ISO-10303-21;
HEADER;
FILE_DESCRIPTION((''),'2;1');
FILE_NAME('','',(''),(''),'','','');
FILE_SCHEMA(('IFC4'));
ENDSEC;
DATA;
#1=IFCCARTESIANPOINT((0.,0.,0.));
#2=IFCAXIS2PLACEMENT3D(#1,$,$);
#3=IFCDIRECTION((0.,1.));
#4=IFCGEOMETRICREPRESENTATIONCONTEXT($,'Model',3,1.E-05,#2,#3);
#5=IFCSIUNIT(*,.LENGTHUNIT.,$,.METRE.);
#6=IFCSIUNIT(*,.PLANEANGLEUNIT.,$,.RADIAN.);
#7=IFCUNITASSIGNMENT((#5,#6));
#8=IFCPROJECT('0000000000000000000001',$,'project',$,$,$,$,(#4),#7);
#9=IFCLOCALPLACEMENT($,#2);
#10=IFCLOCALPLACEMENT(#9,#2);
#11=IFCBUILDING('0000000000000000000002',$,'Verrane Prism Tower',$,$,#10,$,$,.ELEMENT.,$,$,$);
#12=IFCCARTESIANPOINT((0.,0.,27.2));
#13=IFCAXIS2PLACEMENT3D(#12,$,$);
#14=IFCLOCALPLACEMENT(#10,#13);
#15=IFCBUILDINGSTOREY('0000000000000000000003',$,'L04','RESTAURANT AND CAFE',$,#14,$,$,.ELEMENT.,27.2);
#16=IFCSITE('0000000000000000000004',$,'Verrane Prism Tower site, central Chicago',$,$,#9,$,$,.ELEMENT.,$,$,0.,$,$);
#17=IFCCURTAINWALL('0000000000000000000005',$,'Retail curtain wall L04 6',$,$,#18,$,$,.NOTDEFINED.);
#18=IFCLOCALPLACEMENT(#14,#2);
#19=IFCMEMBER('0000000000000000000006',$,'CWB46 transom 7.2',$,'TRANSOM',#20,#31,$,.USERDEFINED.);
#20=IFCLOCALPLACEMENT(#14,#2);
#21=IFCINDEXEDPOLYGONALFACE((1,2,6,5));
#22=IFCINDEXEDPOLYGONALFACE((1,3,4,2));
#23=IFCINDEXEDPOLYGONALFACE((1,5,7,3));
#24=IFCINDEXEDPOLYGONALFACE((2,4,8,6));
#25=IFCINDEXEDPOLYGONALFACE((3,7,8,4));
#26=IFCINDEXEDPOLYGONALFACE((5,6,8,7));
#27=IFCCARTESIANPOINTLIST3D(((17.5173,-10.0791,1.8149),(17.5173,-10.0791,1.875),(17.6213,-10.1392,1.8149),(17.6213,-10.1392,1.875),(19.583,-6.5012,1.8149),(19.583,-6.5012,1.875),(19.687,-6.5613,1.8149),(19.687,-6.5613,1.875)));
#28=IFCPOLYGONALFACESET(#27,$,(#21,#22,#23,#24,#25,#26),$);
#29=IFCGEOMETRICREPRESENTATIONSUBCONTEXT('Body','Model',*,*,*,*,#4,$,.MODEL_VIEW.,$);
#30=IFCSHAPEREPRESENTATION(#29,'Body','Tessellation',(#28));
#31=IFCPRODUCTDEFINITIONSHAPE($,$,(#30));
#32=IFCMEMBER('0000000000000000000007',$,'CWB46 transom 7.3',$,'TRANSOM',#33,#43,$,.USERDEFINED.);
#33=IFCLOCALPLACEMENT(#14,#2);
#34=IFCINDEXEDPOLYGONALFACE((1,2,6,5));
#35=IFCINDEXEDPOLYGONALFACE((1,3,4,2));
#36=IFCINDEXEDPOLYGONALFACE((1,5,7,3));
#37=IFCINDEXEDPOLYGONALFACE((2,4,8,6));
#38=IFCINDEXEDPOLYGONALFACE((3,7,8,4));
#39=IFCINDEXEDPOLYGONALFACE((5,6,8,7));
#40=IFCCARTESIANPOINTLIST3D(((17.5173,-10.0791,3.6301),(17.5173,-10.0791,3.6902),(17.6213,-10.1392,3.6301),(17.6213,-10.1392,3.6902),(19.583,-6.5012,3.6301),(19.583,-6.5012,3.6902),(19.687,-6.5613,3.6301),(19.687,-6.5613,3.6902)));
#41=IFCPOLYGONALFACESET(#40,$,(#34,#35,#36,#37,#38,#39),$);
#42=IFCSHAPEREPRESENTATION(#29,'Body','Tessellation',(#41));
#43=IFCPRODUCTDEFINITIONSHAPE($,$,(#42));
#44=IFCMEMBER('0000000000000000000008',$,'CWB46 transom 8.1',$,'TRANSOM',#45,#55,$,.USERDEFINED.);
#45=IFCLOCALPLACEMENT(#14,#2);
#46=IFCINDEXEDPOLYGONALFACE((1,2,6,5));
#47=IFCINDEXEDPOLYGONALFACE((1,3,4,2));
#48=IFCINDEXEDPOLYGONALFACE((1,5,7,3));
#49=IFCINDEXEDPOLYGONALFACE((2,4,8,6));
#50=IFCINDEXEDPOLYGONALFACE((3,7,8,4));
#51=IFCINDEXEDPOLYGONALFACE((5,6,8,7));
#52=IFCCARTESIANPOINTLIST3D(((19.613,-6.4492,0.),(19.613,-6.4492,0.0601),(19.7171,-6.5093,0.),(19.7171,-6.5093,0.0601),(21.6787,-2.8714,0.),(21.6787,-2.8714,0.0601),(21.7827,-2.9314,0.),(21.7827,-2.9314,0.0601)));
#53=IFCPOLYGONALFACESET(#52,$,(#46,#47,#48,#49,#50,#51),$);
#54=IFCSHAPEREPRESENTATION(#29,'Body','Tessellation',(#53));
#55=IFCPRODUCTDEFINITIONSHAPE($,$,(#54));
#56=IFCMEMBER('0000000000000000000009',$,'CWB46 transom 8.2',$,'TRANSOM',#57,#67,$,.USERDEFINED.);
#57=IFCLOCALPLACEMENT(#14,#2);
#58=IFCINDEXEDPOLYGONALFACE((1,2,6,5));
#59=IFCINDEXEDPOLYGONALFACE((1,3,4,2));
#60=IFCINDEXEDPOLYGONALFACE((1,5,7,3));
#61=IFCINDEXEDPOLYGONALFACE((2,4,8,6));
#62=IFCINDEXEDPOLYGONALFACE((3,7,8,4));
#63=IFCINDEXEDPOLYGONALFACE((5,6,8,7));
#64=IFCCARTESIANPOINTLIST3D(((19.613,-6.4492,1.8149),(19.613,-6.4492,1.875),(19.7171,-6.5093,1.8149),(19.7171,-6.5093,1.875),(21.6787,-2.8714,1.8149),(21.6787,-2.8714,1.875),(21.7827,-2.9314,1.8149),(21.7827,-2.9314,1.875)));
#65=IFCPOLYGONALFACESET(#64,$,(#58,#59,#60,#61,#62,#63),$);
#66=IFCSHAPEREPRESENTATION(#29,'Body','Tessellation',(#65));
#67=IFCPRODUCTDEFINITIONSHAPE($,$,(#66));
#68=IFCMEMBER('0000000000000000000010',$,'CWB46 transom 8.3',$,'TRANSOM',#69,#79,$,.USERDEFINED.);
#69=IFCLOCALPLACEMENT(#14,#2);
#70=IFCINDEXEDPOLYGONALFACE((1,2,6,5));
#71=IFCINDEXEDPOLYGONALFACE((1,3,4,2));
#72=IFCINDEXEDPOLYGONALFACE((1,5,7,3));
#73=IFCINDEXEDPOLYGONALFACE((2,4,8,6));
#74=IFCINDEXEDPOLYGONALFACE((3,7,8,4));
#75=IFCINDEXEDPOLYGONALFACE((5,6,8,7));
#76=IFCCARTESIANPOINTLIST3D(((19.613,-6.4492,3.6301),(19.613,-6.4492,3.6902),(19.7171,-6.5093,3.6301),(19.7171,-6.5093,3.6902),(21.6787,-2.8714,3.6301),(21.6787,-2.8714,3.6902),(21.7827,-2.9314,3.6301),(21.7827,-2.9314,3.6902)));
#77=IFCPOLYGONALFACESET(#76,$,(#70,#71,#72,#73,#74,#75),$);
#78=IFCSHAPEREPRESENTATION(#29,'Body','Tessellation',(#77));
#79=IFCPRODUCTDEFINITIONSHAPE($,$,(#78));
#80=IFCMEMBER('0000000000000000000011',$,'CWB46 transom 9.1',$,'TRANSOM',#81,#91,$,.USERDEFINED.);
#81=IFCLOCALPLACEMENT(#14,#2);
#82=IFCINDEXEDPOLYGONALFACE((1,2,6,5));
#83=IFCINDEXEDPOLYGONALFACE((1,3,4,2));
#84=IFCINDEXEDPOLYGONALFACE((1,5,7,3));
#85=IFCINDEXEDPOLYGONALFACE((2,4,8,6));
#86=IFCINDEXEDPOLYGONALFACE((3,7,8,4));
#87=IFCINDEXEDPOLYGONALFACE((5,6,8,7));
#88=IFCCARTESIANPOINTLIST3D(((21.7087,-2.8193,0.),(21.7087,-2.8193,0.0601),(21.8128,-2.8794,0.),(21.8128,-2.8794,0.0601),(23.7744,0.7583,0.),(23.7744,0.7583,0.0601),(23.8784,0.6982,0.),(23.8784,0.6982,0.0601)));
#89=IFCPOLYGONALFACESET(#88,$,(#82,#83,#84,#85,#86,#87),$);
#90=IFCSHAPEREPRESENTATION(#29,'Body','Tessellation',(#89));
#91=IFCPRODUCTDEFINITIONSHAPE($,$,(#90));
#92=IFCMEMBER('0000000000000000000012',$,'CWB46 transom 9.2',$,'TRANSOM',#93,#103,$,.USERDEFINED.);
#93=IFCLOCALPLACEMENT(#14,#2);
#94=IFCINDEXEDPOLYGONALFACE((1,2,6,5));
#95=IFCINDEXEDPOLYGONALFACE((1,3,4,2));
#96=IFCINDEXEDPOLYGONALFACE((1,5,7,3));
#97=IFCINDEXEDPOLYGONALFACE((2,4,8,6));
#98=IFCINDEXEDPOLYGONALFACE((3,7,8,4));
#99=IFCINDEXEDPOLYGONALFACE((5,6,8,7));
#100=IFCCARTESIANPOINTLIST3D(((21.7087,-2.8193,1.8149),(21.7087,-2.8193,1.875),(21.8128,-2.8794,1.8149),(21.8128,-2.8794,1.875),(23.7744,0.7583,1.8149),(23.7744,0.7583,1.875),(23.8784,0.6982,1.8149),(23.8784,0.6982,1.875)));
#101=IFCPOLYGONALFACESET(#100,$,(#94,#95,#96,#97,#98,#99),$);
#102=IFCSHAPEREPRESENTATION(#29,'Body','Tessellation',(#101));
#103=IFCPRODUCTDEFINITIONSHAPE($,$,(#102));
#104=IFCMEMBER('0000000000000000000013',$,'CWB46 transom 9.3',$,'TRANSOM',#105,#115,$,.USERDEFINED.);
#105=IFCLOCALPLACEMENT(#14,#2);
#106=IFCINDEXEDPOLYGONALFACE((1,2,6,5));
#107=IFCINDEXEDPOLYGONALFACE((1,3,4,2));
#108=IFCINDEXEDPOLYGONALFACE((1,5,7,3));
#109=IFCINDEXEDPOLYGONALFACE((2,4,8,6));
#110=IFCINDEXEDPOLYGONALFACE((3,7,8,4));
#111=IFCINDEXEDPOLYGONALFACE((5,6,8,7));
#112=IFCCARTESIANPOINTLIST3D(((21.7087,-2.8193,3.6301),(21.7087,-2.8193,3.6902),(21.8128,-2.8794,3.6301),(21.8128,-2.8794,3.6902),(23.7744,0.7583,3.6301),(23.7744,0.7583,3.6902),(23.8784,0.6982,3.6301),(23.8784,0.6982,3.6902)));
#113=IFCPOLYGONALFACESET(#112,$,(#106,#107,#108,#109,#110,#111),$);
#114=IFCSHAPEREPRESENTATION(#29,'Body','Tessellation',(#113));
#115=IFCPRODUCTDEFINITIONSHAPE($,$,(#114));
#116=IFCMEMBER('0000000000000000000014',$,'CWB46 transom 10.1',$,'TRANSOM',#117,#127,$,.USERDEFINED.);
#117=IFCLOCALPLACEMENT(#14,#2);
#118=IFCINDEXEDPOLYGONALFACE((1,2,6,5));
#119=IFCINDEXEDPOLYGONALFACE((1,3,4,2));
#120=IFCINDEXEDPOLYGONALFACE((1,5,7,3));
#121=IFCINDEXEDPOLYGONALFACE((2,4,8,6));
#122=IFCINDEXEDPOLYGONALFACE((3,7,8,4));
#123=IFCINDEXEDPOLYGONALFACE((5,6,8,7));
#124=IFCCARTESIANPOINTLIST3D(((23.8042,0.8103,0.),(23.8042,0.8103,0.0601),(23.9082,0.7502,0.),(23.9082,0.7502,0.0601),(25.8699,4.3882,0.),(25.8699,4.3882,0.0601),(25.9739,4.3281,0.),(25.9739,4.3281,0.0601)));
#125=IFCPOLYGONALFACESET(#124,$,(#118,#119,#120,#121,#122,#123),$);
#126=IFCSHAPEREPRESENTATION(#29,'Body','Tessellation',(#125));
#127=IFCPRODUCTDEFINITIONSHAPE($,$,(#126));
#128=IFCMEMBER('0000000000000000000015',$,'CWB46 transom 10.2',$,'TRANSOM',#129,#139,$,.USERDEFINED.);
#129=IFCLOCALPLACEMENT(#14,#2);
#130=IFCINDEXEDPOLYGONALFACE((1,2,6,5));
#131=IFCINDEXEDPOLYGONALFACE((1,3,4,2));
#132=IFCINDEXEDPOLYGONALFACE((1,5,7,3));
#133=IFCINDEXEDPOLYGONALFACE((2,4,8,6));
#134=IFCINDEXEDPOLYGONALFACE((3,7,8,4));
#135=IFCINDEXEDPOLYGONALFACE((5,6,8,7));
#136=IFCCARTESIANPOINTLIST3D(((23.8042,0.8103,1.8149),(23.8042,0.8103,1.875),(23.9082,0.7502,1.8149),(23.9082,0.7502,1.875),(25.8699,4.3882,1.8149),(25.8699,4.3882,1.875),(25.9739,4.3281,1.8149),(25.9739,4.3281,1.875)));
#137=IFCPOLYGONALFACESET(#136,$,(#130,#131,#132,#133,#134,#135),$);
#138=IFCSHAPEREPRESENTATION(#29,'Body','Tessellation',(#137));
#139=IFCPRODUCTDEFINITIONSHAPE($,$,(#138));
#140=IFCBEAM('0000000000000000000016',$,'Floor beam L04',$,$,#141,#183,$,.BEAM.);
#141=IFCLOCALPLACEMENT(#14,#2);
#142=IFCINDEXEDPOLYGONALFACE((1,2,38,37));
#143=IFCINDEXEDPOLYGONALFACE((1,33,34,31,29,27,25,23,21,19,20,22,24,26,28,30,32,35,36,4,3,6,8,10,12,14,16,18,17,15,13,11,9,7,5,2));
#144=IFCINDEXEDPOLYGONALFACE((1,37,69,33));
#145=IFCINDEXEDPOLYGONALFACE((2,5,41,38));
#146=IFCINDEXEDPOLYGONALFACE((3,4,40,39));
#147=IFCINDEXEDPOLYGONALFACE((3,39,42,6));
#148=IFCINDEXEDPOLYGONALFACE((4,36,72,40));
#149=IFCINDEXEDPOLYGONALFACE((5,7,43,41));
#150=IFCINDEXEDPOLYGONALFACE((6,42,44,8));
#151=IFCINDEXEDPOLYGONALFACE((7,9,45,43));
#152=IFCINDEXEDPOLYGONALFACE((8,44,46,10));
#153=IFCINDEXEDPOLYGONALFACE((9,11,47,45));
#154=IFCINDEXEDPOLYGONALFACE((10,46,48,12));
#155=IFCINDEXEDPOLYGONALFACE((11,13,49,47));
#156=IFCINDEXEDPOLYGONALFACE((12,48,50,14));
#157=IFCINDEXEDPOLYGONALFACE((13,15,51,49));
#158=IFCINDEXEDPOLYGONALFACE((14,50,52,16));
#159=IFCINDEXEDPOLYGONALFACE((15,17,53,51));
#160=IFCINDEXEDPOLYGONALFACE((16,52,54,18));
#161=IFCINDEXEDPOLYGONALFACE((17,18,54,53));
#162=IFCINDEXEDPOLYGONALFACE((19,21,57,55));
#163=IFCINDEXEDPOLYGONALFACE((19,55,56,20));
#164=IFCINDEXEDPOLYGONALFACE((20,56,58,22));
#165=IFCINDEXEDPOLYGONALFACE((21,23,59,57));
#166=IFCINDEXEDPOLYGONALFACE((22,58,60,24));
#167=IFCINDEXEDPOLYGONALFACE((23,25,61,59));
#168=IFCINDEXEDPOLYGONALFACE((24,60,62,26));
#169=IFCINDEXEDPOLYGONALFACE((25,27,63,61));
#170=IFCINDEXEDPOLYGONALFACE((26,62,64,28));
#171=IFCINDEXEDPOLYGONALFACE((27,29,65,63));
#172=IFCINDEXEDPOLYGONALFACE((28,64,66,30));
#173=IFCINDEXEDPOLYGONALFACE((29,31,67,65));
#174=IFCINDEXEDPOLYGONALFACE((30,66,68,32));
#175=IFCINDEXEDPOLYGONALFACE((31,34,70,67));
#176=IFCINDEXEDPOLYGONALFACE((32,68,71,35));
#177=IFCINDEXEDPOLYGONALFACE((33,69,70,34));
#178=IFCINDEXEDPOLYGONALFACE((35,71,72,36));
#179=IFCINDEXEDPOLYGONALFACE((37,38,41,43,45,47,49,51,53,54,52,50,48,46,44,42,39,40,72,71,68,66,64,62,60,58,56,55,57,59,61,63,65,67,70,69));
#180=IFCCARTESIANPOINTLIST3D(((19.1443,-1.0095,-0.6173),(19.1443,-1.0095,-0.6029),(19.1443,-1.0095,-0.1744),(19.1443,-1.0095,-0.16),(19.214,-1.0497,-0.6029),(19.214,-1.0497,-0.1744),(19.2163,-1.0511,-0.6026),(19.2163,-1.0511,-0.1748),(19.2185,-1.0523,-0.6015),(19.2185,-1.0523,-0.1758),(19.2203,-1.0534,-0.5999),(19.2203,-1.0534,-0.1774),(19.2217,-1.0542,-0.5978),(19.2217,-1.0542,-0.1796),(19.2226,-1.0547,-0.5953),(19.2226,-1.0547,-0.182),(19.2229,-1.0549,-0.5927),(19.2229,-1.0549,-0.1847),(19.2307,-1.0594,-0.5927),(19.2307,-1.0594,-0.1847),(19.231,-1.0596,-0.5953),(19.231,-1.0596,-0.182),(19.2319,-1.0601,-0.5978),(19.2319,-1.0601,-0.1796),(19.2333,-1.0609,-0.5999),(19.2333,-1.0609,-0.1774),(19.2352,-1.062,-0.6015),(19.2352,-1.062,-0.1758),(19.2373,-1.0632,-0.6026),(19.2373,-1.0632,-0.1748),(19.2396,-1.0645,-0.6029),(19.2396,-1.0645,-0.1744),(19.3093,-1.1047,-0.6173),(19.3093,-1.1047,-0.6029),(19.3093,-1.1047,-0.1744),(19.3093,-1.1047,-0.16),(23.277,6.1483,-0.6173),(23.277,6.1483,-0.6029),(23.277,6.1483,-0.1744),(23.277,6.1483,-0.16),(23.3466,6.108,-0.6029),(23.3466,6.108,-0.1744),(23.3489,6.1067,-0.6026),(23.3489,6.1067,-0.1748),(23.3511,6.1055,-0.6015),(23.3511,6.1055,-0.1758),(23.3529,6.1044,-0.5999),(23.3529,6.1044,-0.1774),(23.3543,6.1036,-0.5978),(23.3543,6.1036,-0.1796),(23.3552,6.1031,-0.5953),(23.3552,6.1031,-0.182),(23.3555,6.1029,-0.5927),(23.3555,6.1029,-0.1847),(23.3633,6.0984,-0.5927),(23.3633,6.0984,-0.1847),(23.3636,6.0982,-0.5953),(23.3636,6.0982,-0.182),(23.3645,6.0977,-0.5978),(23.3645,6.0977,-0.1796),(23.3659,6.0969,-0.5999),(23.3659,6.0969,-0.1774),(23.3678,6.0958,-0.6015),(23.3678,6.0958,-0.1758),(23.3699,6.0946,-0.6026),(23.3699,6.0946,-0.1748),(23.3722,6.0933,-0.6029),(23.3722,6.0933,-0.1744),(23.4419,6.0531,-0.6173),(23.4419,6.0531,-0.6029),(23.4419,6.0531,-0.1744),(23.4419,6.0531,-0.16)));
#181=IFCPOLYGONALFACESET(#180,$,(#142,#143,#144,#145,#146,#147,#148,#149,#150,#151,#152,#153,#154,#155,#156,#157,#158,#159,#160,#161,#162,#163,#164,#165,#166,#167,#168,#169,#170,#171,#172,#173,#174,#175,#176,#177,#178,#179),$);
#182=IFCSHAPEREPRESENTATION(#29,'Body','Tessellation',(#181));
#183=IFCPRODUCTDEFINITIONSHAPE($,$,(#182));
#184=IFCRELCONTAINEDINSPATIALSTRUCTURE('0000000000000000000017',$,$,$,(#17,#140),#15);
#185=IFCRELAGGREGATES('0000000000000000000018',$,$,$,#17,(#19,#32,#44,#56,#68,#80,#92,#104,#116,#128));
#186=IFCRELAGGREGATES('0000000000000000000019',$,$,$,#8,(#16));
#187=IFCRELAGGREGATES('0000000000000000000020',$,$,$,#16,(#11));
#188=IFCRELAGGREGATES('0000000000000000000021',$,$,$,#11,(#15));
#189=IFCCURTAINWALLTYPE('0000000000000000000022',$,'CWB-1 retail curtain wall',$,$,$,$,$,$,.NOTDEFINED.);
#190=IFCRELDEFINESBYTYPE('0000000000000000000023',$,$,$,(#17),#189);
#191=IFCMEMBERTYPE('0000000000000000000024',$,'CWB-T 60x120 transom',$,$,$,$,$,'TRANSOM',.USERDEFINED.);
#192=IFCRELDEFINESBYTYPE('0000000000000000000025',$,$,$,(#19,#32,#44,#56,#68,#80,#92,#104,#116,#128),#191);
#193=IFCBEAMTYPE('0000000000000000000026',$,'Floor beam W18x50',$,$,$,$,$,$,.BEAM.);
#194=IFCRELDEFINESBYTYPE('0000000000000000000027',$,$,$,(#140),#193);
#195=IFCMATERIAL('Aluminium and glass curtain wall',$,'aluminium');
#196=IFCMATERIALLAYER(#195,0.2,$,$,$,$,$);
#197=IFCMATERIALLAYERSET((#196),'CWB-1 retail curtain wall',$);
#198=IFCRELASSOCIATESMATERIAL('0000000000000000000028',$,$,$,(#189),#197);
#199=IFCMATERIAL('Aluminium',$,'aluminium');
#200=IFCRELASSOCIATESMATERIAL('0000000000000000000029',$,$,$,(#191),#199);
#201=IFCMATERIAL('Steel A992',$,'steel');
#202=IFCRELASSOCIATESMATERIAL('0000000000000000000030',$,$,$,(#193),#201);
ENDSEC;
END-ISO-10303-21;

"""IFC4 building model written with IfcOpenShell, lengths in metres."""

from ifc_helpers import new_model, si_unit, direction, frame, origin, origin_2d, place, context, subcontext, project, spatial, rectangle, i_section, extrude, material, layer, layer_set, material_profile, profile_set, type_object, element, aggregate, save


model = new_model("IFC4")

# Units and contexts
model_context = context("Model", 3, precision=1e-05, world=origin(), true_north=direction((0.0, 1.0)))
body_context = subcontext(model_context, "Body", "Model", "MODEL_VIEW")
ifc_project = project(units=[si_unit("LENGTHUNIT", "METRE"), si_unit("PLANEANGLEUNIT", "RADIAN")], contexts=[model_context])

# Site, building, storey
site_placement = place(None, origin())
site = spatial("IfcSite", under=ifc_project, at=site_placement, Name="Verrane Prism Tower site, central Chicago", CompositionType="ELEMENT", RefElevation=0.0)
building_placement = place(site_placement, origin())
building = spatial("IfcBuilding", under=site, at=building_placement, Name="Verrane Prism Tower", CompositionType="ELEMENT")
storey_placement = place(building_placement, frame((0.0, 0.0, 27.2)))
storey = spatial("IfcBuildingStorey", under=building, at=storey_placement, Name="L04", Description="RESTAURANT AND CAFE", CompositionType="ELEMENT", Elevation=27.2)

# Curtain wall, members
ifc_material_1 = material(Name="Aluminium and glass curtain wall", Category="aluminium")
ifc_layer_1 = layer(ifc_material_1, 0.2)
ifc_layer_set_1 = layer_set([ifc_layer_1], Name="CWB-1 retail curtain wall")
curtain_wall_type = type_object("IfcCurtainWallType", Name="CWB-1 retail curtain wall", PredefinedType="NOTDEFINED", material=ifc_layer_set_1)
curtain_wall_placement = place(storey_placement, origin())
curtain_wall = element("IfcCurtainWall", 1, at=curtain_wall_placement, inside=storey, type_object=curtain_wall_type, Name="Retail curtain wall L04 6", PredefinedType="NOTDEFINED")
ifc_material_2 = material(Name="Aluminium", Category="aluminium")
ifc_material_profile_1 = material_profile(ifc_material_2, rectangle(XDim=0.1201, YDim=0.0601, at=origin_2d()), Name="CWB-T 60x120 transom")
ifc_profile_set_1 = profile_set([ifc_material_profile_1], Name="Aluminium")
member_type_1 = type_object("IfcMemberType", Name="CWB-T 60x120 transom", ElementType="TRANSOM", PredefinedType="USERDEFINED", material=ifc_profile_set_1)
member_1_placement = place(storey_placement, frame((17.5693, -10.1091, 1.845), z_axis=(0.499997, 0.866027, 0.0), x_axis=(-0.866027, 0.499997, 0.0)))
member_1 = element("IfcMember", 2, at=member_1_placement, type_object=member_type_1, Name="CWB46 transom 7.2", ObjectType="TRANSOM", PredefinedType="USERDEFINED", context=body_context, shape_type="SweptSolid", body=[
    extrude(rectangle(XDim=0.1201, YDim=0.0601, at=origin_2d()), origin(), (0.0, 0.0, 1.0), 4.1313),
])
member_2_placement = place(storey_placement, frame((17.5693, -10.1091, 3.6602), z_axis=(0.499997, 0.866027, 0.0), x_axis=(-0.866027, 0.499997, 0.0)))
member_2 = element("IfcMember", 3, at=member_2_placement, type_object=member_type_1, Name="CWB46 transom 7.3", ObjectType="TRANSOM", PredefinedType="USERDEFINED", context=body_context, shape_type="SweptSolid", body=[
    extrude(rectangle(XDim=0.1201, YDim=0.0601, at=origin_2d()), origin(), (0.0, 0.0, 1.0), 4.1313),
])
member_3_placement = place(storey_placement, frame((19.665, -6.4792, 0.03), z_axis=(0.499997, 0.866027, 0.0), x_axis=(-0.866027, 0.499997, 0.0)))
member_3 = element("IfcMember", 4, at=member_3_placement, type_object=member_type_1, Name="CWB46 transom 8.1", ObjectType="TRANSOM", PredefinedType="USERDEFINED", context=body_context, shape_type="SweptSolid", body=[
    extrude(rectangle(XDim=0.1201, YDim=0.0601, at=origin_2d()), origin(), (0.0, 0.0, 1.0), 4.1313),
])
member_4_placement = place(storey_placement, frame((19.665, -6.4792, 1.845), z_axis=(0.499997, 0.866027, 0.0), x_axis=(-0.866027, 0.499997, 0.0)))
member_4 = element("IfcMember", 5, at=member_4_placement, type_object=member_type_1, Name="CWB46 transom 8.2", ObjectType="TRANSOM", PredefinedType="USERDEFINED", context=body_context, shape_type="SweptSolid", body=[
    extrude(rectangle(XDim=0.1201, YDim=0.0601, at=origin_2d()), origin(), (0.0, 0.0, 1.0), 4.1313),
])
member_5_placement = place(storey_placement, frame((19.665, -6.4792, 3.6602), z_axis=(0.499997, 0.866027, 0.0), x_axis=(-0.866027, 0.499997, 0.0)))
member_5 = element("IfcMember", 6, at=member_5_placement, type_object=member_type_1, Name="CWB46 transom 8.3", ObjectType="TRANSOM", PredefinedType="USERDEFINED", context=body_context, shape_type="SweptSolid", body=[
    extrude(rectangle(XDim=0.1201, YDim=0.0601, at=origin_2d()), origin(), (0.0, 0.0, 1.0), 4.1313),
])
member_6_placement = place(storey_placement, frame((21.7607, -2.8494, 0.03), z_axis=(0.500023, 0.866012, 0.0), x_axis=(-0.866012, 0.500023, 0.0)))
member_6 = element("IfcMember", 7, at=member_6_placement, type_object=member_type_1, Name="CWB46 transom 9.1", ObjectType="TRANSOM", PredefinedType="USERDEFINED", context=body_context, shape_type="SweptSolid", body=[
    extrude(rectangle(XDim=0.1201, YDim=0.0601, at=origin_2d()), origin(), (0.0, 0.0, 1.0), 4.1311),
])
member_7_placement = place(storey_placement, frame((21.7607, -2.8494, 1.845), z_axis=(0.500023, 0.866012, 0.0), x_axis=(-0.866012, 0.500023, 0.0)))
member_7 = element("IfcMember", 8, at=member_7_placement, type_object=member_type_1, Name="CWB46 transom 9.2", ObjectType="TRANSOM", PredefinedType="USERDEFINED", context=body_context, shape_type="SweptSolid", body=[
    extrude(rectangle(XDim=0.1201, YDim=0.0601, at=origin_2d()), origin(), (0.0, 0.0, 1.0), 4.1311),
])
member_8_placement = place(storey_placement, frame((21.7607, -2.8494, 3.6602), z_axis=(0.500023, 0.866012, 0.0), x_axis=(-0.866012, 0.500023, 0.0)))
member_8 = element("IfcMember", 9, at=member_8_placement, type_object=member_type_1, Name="CWB46 transom 9.3", ObjectType="TRANSOM", PredefinedType="USERDEFINED", context=body_context, shape_type="SweptSolid", body=[
    extrude(rectangle(XDim=0.1201, YDim=0.0601, at=origin_2d()), origin(), (0.0, 0.0, 1.0), 4.1311),
])
member_9_placement = place(storey_placement, frame((23.8562, 0.7803, 0.03), z_axis=(0.499997, 0.866027, 0.0), x_axis=(-0.866027, 0.499997, 0.0)))
member_9 = element("IfcMember", 10, at=member_9_placement, type_object=member_type_1, Name="CWB46 transom 10.1", ObjectType="TRANSOM", PredefinedType="USERDEFINED", context=body_context, shape_type="SweptSolid", body=[
    extrude(rectangle(XDim=0.1201, YDim=0.0601, at=origin_2d()), origin(), (0.0, 0.0, 1.0), 4.1313),
])
member_10_placement = place(storey_placement, frame((23.8562, 0.7803, 1.845), z_axis=(0.499997, 0.866027, 0.0), x_axis=(-0.866027, 0.499997, 0.0)))
member_10 = element("IfcMember", 11, at=member_10_placement, type_object=member_type_1, Name="CWB46 transom 10.2", ObjectType="TRANSOM", PredefinedType="USERDEFINED", context=body_context, shape_type="SweptSolid", body=[
    extrude(rectangle(XDim=0.1201, YDim=0.0601, at=origin_2d()), origin(), (0.0, 0.0, 1.0), 4.1313),
])

# Beam
ifc_material_3 = material(Name="Steel A992", Category="steel")
ifc_material_profile_2 = material_profile(ifc_material_3, i_section(OverallWidth=0.1904, OverallDepth=0.4573, WebThickness=0.009, FlangeThickness=0.0144, FilletRadius=0.0103, at=origin_2d()), Name="W18x50")
ifc_profile_set_2 = profile_set([ifc_material_profile_2], Name="Steel A992")
beam_type_1 = type_object("IfcBeamType", Name="Floor beam W18x50", PredefinedType="BEAM", material=ifc_profile_set_2)
beam_1_placement = place(storey_placement, frame((19.2268, -1.0571, -0.3887), z_axis=(0.500005, 0.866022, 0.0), x_axis=(-0.866022, 0.500005, 0.0)))
element("IfcBeam", 12, at=beam_1_placement, inside=storey, type_object=beam_type_1, Name="Floor beam L04", PredefinedType="BEAM", context=body_context, shape_type="SweptSolid", body=[
    extrude(i_section(OverallWidth=0.1904, OverallDepth=0.4573, WebThickness=0.009, FlangeThickness=0.0144, FilletRadius=0.0103, at=origin_2d()), origin(), (0.0, 0.0, 1.0), 8.2651),
])

aggregate(curtain_wall, [member_1, member_2, member_3, member_4, member_5, member_6, member_7, member_8, member_9, member_10])

save(model, "model.ifc")
